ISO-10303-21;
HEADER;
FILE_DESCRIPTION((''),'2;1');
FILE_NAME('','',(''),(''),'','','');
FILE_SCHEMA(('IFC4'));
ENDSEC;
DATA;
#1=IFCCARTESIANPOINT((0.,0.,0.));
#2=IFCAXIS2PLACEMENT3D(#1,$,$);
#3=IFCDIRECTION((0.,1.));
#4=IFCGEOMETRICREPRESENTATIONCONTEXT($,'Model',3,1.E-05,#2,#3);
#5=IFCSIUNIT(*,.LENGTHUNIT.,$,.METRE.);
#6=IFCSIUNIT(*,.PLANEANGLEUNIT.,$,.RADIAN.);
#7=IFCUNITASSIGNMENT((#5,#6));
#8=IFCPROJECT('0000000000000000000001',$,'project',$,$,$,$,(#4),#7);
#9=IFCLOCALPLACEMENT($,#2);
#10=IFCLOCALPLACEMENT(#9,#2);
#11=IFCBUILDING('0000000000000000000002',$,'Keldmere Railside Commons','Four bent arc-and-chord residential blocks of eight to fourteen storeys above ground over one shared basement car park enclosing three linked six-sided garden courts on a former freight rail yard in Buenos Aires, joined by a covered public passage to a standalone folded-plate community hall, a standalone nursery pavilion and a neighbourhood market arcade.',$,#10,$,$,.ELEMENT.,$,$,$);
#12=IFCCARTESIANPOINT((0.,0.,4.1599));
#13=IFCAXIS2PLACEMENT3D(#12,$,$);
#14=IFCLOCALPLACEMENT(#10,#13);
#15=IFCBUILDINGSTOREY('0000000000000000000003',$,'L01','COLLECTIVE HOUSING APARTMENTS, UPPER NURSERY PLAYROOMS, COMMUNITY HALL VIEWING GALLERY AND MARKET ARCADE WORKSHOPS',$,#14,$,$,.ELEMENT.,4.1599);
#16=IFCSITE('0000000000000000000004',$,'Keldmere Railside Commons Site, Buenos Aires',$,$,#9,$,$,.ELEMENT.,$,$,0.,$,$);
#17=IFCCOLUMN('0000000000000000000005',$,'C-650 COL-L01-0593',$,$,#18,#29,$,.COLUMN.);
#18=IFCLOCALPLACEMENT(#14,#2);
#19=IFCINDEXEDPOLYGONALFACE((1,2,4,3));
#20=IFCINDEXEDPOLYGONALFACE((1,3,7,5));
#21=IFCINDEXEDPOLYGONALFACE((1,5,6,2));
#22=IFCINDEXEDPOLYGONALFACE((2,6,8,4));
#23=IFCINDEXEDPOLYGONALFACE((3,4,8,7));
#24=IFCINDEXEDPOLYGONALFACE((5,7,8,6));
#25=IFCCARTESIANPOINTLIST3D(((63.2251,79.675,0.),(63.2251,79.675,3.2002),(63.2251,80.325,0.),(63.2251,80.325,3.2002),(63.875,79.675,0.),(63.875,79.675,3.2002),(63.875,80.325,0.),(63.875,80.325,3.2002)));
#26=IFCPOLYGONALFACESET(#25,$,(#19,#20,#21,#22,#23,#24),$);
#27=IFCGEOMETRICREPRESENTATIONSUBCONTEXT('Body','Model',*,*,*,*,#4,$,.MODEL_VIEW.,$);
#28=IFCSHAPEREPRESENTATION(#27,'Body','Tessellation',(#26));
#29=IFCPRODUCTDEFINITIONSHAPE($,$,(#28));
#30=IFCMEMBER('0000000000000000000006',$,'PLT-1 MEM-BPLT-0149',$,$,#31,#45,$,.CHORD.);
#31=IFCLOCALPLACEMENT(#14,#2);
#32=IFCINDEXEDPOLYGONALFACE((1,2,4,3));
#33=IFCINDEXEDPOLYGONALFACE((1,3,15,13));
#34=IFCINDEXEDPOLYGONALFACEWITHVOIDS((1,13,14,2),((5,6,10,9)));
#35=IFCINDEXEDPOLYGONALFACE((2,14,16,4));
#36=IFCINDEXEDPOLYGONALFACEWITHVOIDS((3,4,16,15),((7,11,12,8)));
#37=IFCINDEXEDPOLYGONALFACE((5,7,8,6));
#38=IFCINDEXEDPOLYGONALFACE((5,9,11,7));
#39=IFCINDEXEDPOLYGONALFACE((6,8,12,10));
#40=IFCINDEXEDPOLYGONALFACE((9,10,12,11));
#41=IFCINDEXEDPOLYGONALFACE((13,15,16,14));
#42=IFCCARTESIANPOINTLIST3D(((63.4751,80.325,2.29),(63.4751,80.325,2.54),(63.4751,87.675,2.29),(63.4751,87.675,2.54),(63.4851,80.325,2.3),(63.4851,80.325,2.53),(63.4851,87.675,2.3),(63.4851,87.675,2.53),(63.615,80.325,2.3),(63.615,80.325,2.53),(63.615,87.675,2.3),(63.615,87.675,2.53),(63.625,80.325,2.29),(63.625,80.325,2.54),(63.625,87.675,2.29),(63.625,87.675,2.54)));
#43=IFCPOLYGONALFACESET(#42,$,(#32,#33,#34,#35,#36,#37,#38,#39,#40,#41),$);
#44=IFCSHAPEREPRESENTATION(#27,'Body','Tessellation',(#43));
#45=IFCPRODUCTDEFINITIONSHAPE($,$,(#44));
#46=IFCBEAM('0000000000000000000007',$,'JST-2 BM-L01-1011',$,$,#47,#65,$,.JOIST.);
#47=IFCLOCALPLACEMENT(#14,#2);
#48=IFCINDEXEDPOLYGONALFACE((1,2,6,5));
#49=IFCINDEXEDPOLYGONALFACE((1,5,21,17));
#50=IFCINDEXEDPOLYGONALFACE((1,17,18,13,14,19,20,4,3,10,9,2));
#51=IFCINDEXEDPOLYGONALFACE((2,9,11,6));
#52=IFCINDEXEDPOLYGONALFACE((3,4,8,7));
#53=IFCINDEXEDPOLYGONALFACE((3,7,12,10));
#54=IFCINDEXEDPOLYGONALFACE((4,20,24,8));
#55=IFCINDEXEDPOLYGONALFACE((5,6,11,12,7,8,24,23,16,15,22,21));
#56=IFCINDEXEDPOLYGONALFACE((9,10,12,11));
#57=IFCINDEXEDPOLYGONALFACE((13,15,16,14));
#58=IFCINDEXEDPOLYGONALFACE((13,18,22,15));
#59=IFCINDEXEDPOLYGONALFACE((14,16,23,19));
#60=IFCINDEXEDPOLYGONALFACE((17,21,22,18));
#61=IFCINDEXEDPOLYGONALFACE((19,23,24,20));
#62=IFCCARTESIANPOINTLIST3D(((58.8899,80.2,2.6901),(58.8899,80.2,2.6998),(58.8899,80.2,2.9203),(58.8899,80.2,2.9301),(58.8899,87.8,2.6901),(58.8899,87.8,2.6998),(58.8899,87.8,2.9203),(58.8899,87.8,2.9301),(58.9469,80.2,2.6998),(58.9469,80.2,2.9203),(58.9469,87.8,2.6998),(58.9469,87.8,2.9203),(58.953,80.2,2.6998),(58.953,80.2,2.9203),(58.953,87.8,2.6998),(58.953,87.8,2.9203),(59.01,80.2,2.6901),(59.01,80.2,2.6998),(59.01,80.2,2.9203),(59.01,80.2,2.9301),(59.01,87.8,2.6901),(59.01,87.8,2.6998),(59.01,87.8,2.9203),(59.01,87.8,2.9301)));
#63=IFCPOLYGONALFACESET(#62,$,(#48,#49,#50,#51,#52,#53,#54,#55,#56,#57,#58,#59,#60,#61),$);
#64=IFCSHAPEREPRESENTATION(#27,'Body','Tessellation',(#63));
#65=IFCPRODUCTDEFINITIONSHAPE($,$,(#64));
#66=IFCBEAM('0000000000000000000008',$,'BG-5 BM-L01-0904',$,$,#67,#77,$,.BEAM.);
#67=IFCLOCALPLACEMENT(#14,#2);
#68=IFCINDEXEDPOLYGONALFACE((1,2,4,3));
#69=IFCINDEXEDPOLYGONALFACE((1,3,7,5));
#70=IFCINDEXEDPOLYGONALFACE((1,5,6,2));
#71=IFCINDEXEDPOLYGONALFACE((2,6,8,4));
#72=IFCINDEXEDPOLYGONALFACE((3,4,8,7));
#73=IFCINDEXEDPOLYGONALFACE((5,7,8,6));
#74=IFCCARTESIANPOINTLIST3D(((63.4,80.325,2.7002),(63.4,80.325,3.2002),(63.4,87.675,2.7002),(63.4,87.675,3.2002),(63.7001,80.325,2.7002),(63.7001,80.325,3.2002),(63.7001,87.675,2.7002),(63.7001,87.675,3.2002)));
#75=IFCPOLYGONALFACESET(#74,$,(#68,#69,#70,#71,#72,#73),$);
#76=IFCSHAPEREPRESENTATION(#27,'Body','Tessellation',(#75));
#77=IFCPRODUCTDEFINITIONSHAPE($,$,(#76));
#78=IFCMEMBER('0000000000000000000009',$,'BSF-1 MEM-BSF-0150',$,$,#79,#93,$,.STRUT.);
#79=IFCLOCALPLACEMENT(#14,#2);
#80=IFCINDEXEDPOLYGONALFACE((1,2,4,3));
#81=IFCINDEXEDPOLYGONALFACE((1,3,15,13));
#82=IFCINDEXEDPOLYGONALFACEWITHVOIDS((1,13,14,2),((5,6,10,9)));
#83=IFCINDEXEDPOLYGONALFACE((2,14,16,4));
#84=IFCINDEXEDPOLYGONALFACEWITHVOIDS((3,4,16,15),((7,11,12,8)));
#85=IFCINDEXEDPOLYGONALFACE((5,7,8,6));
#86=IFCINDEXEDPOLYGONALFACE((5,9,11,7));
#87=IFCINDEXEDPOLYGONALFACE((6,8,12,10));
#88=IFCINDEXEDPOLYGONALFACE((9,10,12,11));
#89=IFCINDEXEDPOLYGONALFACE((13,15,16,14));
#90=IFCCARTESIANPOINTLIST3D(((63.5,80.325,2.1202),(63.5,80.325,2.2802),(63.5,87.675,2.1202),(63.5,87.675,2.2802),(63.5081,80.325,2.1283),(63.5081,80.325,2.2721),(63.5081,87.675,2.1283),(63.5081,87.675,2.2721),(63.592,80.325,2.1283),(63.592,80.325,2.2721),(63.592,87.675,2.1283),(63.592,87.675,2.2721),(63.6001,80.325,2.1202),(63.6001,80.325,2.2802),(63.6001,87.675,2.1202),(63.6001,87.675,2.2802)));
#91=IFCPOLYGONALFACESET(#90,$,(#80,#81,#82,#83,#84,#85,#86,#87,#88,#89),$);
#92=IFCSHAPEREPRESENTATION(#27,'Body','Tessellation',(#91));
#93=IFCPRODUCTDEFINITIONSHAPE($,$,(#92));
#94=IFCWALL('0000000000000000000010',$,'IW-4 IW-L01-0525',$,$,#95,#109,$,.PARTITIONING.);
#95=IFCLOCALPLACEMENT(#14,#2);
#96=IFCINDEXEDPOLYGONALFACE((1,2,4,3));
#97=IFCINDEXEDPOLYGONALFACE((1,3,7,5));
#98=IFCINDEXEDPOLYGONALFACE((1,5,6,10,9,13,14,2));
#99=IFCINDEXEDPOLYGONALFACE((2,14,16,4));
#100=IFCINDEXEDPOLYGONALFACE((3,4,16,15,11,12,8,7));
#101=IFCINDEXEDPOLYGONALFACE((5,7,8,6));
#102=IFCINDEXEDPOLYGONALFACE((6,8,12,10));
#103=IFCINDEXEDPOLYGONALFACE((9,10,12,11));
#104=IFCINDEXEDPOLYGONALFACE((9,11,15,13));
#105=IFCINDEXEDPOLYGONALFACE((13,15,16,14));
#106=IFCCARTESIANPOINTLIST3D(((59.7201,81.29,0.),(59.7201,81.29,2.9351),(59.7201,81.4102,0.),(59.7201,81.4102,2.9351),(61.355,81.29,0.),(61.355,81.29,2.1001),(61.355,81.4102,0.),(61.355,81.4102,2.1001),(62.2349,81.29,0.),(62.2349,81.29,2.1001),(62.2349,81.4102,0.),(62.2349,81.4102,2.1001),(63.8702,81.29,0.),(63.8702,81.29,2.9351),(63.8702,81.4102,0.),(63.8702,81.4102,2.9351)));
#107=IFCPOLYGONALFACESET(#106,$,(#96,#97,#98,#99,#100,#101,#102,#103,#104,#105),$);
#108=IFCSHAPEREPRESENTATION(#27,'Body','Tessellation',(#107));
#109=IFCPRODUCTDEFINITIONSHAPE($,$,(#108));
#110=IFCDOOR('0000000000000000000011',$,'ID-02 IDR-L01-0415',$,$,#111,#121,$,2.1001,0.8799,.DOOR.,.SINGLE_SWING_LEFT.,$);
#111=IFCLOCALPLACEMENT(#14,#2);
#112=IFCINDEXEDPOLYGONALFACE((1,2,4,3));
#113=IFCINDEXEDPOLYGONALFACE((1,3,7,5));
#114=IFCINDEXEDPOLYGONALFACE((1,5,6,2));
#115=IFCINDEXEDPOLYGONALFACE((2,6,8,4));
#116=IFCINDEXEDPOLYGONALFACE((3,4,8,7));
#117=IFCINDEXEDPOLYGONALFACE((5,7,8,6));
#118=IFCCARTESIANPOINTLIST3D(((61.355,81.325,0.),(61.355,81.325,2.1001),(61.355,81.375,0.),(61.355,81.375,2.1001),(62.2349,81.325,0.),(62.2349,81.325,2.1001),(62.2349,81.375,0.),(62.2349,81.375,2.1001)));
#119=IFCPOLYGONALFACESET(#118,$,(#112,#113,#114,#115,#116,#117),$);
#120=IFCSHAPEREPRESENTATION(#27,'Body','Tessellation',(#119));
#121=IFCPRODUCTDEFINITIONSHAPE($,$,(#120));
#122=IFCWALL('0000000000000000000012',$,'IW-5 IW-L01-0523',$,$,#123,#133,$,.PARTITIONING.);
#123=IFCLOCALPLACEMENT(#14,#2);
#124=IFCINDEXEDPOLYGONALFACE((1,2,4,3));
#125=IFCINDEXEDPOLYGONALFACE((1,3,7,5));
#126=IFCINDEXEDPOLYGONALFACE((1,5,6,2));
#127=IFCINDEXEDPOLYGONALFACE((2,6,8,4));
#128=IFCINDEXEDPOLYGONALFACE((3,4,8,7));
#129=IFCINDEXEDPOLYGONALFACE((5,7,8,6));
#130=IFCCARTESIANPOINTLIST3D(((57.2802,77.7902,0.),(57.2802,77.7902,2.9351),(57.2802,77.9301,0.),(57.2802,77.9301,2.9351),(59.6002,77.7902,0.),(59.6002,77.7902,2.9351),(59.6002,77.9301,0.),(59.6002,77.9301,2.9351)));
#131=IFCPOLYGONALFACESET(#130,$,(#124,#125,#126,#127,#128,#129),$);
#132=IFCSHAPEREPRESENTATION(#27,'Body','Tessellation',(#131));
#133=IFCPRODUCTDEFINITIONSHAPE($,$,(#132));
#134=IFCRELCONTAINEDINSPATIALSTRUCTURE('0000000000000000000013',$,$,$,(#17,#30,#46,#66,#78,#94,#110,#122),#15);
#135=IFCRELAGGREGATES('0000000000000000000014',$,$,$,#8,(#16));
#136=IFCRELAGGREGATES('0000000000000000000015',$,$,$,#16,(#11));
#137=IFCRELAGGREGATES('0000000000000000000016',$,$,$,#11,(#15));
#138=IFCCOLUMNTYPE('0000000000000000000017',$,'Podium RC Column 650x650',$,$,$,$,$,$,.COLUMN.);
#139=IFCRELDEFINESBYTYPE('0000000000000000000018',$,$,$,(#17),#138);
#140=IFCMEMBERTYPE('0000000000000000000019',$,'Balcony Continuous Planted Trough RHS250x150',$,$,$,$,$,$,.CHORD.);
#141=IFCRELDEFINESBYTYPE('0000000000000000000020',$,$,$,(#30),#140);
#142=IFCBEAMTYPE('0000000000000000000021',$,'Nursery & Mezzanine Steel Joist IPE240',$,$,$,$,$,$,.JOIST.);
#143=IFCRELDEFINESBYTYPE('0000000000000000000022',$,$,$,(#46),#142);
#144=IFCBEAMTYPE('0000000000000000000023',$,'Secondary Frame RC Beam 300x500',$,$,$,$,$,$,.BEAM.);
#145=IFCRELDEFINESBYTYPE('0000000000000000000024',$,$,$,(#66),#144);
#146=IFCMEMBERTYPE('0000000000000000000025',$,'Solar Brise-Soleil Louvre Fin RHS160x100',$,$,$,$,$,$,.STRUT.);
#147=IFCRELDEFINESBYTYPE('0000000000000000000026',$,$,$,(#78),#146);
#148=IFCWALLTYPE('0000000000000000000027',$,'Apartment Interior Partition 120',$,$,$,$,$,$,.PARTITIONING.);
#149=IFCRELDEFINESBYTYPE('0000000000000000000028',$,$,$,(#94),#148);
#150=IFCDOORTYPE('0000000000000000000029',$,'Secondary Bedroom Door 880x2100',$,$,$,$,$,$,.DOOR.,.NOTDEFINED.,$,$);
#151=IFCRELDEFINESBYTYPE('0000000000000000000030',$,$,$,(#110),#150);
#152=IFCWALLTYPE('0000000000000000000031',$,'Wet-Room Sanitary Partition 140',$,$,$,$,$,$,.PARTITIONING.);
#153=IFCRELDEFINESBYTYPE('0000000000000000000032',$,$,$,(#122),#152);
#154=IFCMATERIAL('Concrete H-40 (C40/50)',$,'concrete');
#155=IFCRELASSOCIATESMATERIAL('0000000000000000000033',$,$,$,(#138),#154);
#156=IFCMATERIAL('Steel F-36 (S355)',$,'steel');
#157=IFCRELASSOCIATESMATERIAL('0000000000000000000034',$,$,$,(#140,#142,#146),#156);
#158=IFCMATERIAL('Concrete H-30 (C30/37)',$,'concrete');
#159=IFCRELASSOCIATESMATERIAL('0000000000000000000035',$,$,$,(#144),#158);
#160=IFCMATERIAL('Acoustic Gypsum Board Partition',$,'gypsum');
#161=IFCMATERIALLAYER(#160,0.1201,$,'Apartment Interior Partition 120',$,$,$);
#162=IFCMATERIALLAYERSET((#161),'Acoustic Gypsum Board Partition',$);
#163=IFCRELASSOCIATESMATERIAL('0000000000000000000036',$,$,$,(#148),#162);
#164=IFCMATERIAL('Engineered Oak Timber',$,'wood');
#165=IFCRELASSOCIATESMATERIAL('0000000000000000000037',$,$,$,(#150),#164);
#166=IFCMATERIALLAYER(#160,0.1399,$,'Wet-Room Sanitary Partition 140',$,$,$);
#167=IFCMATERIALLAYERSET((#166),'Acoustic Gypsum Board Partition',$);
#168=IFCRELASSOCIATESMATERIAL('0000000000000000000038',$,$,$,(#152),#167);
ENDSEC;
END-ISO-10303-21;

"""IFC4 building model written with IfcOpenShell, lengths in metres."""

from ifc_helpers import new_model, si_unit, direction, frame, frame_2d, origin, origin_2d, place, context, subcontext, project, spatial, rectangle, hollow_rectangle, i_section, extrude, material, layer, layer_set, material_profile, profile_set, type_object, element, fill, save


model = new_model("IFC4")

# Units and contexts
model_context = context("Model", 3, precision=1e-05, world=origin(), true_north=direction((0.0, 1.0)))
body_context = subcontext(model_context, "Body", "Model", "MODEL_VIEW")
ifc_project = project(units=[si_unit("LENGTHUNIT", "METRE"), si_unit("PLANEANGLEUNIT", "RADIAN")], contexts=[model_context])

# Site, building, storey
site_placement = place(None, origin())
site = spatial("IfcSite", under=ifc_project, at=site_placement, Name="Keldmere Railside Commons Site, Buenos Aires", CompositionType="ELEMENT", RefElevation=0.0)
building_placement = place(site_placement, origin())
building = spatial("IfcBuilding", under=site, at=building_placement, Name="Keldmere Railside Commons", Description="Four bent arc-and-chord residential blocks of eight to fourteen storeys above ground over one shared basement car park enclosing three linked six-sided garden courts on a former freight rail yard in Buenos Aires, joined by a covered public passage to a standalone folded-plate community hall, a standalone nursery pavilion and a neighbourhood market arcade.", CompositionType="ELEMENT")
storey_placement = place(building_placement, frame((0.0, 0.0, 4.1599)))
storey = spatial("IfcBuildingStorey", under=building, at=storey_placement, Name="L01", Description="COLLECTIVE HOUSING APARTMENTS, UPPER NURSERY PLAYROOMS, COMMUNITY HALL VIEWING GALLERY AND MARKET ARCADE WORKSHOPS", CompositionType="ELEMENT", Elevation=4.1599)

# Column
ifc_material_1 = material(Name="Concrete H-40 (C40/50)", Category="concrete")
ifc_material_profile_1 = material_profile(ifc_material_1, rectangle(XDim=0.6499, YDim=0.6499, at=origin_2d()), Name="RC-650x650")
ifc_profile_set_1 = profile_set([ifc_material_profile_1], Name="Concrete H-40 (C40/50)")
column_type = type_object("IfcColumnType", Name="Podium RC Column 650x650", PredefinedType="COLUMN", material=ifc_profile_set_1)
column_placement = place(storey_placement, frame((63.55, 80.0, 0.0), z_axis=(0.0, 0.0, 1.0), x_axis=(1.0, 0.0, 0.0)))
element("IfcColumn", 1, at=column_placement, inside=storey, type_object=column_type, Name="C-650 COL-L01-0593", PredefinedType="COLUMN", context=body_context, shape_type="SweptSolid", body=[
    extrude(rectangle(XDim=0.6499, YDim=0.6499, at=origin_2d()), origin(), (0.0, 0.0, 1.0), 3.2002),
])

# Member
ifc_material_2 = material(Name="Steel F-36 (S355)", Category="steel")
ifc_material_profile_2 = material_profile(ifc_material_2, hollow_rectangle(XDim=0.1499, YDim=0.25, WallThickness=0.01, at=origin_2d()), Name="RHS-250x150x10")
ifc_profile_set_2 = profile_set([ifc_material_profile_2], Name="Steel F-36 (S355)")
member_type_1 = type_object("IfcMemberType", Name="Balcony Continuous Planted Trough RHS250x150", PredefinedType="CHORD", material=ifc_profile_set_2)
member_1_placement = place(storey_placement, frame((63.55, 80.325, 2.415), z_axis=(0.0, 1.0, 0.0), x_axis=(-1.0, 0.0, 0.0)))
element("IfcMember", 2, at=member_1_placement, inside=storey, type_object=member_type_1, Name="PLT-1 MEM-BPLT-0149", PredefinedType="CHORD", context=body_context, shape_type="SweptSolid", body=[
    extrude(hollow_rectangle(XDim=0.1499, YDim=0.25, WallThickness=0.01, at=origin_2d()), origin(), (0.0, 0.0, 1.0), 7.3501),
])

# Beams
ifc_material_profile_3 = material_profile(ifc_material_2, i_section(OverallWidth=0.1201, OverallDepth=0.24, WebThickness=0.0061, FlangeThickness=0.0098, at=origin_2d()), Name="IPE-240")
ifc_profile_set_3 = profile_set([ifc_material_profile_3], Name="Steel F-36 (S355)")
beam_type_1 = type_object("IfcBeamType", Name="Nursery & Mezzanine Steel Joist IPE240", PredefinedType="JOIST", material=ifc_profile_set_3)
beam_1_placement = place(storey_placement, frame((58.95, 80.2, 2.8101), z_axis=(0.0, 1.0, 0.0), x_axis=(-1.0, 0.0, 0.0)))
element("IfcBeam", 3, at=beam_1_placement, inside=storey, type_object=beam_type_1, Name="JST-2 BM-L01-1011", PredefinedType="JOIST", context=body_context, shape_type="SweptSolid", body=[
    extrude(i_section(OverallWidth=0.1201, OverallDepth=0.24, WebThickness=0.0061, FlangeThickness=0.0098, at=origin_2d()), origin(), (0.0, 0.0, 1.0), 7.6001),
])
ifc_material_3 = material(Name="Concrete H-30 (C30/37)", Category="concrete")
ifc_material_profile_4 = material_profile(ifc_material_3, rectangle(XDim=0.3, YDim=0.5, at=origin_2d()), Name="RC-300x500")
ifc_profile_set_4 = profile_set([ifc_material_profile_4], Name="Concrete H-30 (C30/37)")
beam_type_2 = type_object("IfcBeamType", Name="Secondary Frame RC Beam 300x500", PredefinedType="BEAM", material=ifc_profile_set_4)
beam_2_placement = place(storey_placement, frame((63.55, 80.325, 2.9502), z_axis=(0.0, 1.0, 0.0), x_axis=(-1.0, 0.0, 0.0)))
element("IfcBeam", 4, at=beam_2_placement, inside=storey, type_object=beam_type_2, Name="BG-5 BM-L01-0904", PredefinedType="BEAM", context=body_context, shape_type="SweptSolid", body=[
    extrude(rectangle(XDim=0.3, YDim=0.5, at=origin_2d()), origin(), (0.0, 0.0, 1.0), 7.3501),
])

# Member
ifc_material_profile_5 = material_profile(ifc_material_2, hollow_rectangle(XDim=0.1001, YDim=0.1599, WallThickness=0.0081, at=origin_2d()), Name="RHS-160x100x8")
ifc_profile_set_5 = profile_set([ifc_material_profile_5], Name="Steel F-36 (S355)")
member_type_2 = type_object("IfcMemberType", Name="Solar Brise-Soleil Louvre Fin RHS160x100", PredefinedType="STRUT", material=ifc_profile_set_5)
member_2_placement = place(storey_placement, frame((63.55, 80.325, 2.2002), z_axis=(0.0, 1.0, 0.0), x_axis=(-1.0, 0.0, 0.0)))
element("IfcMember", 5, at=member_2_placement, inside=storey, type_object=member_type_2, Name="BSF-1 MEM-BSF-0150", PredefinedType="STRUT", context=body_context, shape_type="SweptSolid", body=[
    extrude(hollow_rectangle(XDim=0.1001, YDim=0.1599, WallThickness=0.0081, at=origin_2d()), origin(), (0.0, 0.0, 1.0), 7.3501),
])

# Wall, opening, door
ifc_material_4 = material(Name="Acoustic Gypsum Board Partition", Category="gypsum")
ifc_layer_1 = layer(ifc_material_4, 0.1201, Name="Apartment Interior Partition 120")
ifc_layer_set_1 = layer_set([ifc_layer_1], Name="Acoustic Gypsum Board Partition")
wall_type_1 = type_object("IfcWallType", Name="Apartment Interior Partition 120", PredefinedType="PARTITIONING", material=ifc_layer_set_1)
wall_1_placement = place(storey_placement, frame((59.72, 81.3501, 0.0), z_axis=(0.0, 0.0, 1.0), x_axis=(1.0, 0.0, 0.0)))
wall_1 = element("IfcWall", 6, at=wall_1_placement, inside=storey, type_object=wall_type_1, Name="IW-4 IW-L01-0525", PredefinedType="PARTITIONING", context=body_context, shape_type="SweptSolid", body=[
    extrude(rectangle(XDim=4.1501, YDim=0.1201, at=frame_2d((2.0752, 0.0))), origin(), (0.0, 0.0, 1.0), 2.9351),
])
opening_placement = place(wall_1_placement, frame((1.635, 0.0, 0.0)))
opening = element("IfcOpeningElement", 7, at=opening_placement, cuts=wall_1, PredefinedType="OPENING", context=body_context, shape_type="SweptSolid", body=[
    extrude(rectangle(XDim=0.8799, YDim=2.1001, at=frame_2d((0.4399, 1.05))), frame((0.0, 0.0701, 0.0), z_axis=(0.0, -1.0, 0.0), x_axis=(1.0, 0.0, 0.0)), (0.0, 0.0, 1.0), 0.1401),
])
ifc_material_5 = material(Name="Engineered Oak Timber", Category="wood")
door_type = type_object("IfcDoorType", Name="Secondary Bedroom Door 880x2100", OperationType="NOTDEFINED", PredefinedType="DOOR", material=ifc_material_5)
door_placement = place(opening_placement, origin())
door = element("IfcDoor", 8, at=door_placement, inside=storey, type_object=door_type, Name="ID-02 IDR-L01-0415", OperationType="SINGLE_SWING_LEFT", OverallHeight=2.1001, OverallWidth=0.8799, PredefinedType="DOOR", context=body_context, shape_type="SweptSolid", body=[
    extrude(rectangle(XDim=0.8799, YDim=2.1001, at=frame_2d((0.4399, 1.05))), frame((0.0, 0.0249, 0.0), z_axis=(0.0, -1.0, 0.0), x_axis=(1.0, 0.0, 0.0)), (0.0, 0.0, 1.0), 0.05),
])
fill(opening, door)

# Wall
ifc_layer_2 = layer(ifc_material_4, 0.1399, Name="Wet-Room Sanitary Partition 140")
ifc_layer_set_2 = layer_set([ifc_layer_2], Name="Acoustic Gypsum Board Partition")
wall_type_2 = type_object("IfcWallType", Name="Wet-Room Sanitary Partition 140", PredefinedType="PARTITIONING", material=ifc_layer_set_2)
wall_2_placement = place(storey_placement, frame((57.28, 77.8601, 0.0), z_axis=(0.0, 0.0, 1.0), x_axis=(1.0, 0.0, 0.0)))
element("IfcWall", 9, at=wall_2_placement, inside=storey, type_object=wall_type_2, Name="IW-5 IW-L01-0523", PredefinedType="PARTITIONING", context=body_context, shape_type="SweptSolid", body=[
    extrude(rectangle(XDim=2.3201, YDim=0.1399, at=frame_2d((1.1602, 0.0))), origin(), (0.0, 0.0, 1.0), 2.9351),
])

save(model, "model.ifc")
